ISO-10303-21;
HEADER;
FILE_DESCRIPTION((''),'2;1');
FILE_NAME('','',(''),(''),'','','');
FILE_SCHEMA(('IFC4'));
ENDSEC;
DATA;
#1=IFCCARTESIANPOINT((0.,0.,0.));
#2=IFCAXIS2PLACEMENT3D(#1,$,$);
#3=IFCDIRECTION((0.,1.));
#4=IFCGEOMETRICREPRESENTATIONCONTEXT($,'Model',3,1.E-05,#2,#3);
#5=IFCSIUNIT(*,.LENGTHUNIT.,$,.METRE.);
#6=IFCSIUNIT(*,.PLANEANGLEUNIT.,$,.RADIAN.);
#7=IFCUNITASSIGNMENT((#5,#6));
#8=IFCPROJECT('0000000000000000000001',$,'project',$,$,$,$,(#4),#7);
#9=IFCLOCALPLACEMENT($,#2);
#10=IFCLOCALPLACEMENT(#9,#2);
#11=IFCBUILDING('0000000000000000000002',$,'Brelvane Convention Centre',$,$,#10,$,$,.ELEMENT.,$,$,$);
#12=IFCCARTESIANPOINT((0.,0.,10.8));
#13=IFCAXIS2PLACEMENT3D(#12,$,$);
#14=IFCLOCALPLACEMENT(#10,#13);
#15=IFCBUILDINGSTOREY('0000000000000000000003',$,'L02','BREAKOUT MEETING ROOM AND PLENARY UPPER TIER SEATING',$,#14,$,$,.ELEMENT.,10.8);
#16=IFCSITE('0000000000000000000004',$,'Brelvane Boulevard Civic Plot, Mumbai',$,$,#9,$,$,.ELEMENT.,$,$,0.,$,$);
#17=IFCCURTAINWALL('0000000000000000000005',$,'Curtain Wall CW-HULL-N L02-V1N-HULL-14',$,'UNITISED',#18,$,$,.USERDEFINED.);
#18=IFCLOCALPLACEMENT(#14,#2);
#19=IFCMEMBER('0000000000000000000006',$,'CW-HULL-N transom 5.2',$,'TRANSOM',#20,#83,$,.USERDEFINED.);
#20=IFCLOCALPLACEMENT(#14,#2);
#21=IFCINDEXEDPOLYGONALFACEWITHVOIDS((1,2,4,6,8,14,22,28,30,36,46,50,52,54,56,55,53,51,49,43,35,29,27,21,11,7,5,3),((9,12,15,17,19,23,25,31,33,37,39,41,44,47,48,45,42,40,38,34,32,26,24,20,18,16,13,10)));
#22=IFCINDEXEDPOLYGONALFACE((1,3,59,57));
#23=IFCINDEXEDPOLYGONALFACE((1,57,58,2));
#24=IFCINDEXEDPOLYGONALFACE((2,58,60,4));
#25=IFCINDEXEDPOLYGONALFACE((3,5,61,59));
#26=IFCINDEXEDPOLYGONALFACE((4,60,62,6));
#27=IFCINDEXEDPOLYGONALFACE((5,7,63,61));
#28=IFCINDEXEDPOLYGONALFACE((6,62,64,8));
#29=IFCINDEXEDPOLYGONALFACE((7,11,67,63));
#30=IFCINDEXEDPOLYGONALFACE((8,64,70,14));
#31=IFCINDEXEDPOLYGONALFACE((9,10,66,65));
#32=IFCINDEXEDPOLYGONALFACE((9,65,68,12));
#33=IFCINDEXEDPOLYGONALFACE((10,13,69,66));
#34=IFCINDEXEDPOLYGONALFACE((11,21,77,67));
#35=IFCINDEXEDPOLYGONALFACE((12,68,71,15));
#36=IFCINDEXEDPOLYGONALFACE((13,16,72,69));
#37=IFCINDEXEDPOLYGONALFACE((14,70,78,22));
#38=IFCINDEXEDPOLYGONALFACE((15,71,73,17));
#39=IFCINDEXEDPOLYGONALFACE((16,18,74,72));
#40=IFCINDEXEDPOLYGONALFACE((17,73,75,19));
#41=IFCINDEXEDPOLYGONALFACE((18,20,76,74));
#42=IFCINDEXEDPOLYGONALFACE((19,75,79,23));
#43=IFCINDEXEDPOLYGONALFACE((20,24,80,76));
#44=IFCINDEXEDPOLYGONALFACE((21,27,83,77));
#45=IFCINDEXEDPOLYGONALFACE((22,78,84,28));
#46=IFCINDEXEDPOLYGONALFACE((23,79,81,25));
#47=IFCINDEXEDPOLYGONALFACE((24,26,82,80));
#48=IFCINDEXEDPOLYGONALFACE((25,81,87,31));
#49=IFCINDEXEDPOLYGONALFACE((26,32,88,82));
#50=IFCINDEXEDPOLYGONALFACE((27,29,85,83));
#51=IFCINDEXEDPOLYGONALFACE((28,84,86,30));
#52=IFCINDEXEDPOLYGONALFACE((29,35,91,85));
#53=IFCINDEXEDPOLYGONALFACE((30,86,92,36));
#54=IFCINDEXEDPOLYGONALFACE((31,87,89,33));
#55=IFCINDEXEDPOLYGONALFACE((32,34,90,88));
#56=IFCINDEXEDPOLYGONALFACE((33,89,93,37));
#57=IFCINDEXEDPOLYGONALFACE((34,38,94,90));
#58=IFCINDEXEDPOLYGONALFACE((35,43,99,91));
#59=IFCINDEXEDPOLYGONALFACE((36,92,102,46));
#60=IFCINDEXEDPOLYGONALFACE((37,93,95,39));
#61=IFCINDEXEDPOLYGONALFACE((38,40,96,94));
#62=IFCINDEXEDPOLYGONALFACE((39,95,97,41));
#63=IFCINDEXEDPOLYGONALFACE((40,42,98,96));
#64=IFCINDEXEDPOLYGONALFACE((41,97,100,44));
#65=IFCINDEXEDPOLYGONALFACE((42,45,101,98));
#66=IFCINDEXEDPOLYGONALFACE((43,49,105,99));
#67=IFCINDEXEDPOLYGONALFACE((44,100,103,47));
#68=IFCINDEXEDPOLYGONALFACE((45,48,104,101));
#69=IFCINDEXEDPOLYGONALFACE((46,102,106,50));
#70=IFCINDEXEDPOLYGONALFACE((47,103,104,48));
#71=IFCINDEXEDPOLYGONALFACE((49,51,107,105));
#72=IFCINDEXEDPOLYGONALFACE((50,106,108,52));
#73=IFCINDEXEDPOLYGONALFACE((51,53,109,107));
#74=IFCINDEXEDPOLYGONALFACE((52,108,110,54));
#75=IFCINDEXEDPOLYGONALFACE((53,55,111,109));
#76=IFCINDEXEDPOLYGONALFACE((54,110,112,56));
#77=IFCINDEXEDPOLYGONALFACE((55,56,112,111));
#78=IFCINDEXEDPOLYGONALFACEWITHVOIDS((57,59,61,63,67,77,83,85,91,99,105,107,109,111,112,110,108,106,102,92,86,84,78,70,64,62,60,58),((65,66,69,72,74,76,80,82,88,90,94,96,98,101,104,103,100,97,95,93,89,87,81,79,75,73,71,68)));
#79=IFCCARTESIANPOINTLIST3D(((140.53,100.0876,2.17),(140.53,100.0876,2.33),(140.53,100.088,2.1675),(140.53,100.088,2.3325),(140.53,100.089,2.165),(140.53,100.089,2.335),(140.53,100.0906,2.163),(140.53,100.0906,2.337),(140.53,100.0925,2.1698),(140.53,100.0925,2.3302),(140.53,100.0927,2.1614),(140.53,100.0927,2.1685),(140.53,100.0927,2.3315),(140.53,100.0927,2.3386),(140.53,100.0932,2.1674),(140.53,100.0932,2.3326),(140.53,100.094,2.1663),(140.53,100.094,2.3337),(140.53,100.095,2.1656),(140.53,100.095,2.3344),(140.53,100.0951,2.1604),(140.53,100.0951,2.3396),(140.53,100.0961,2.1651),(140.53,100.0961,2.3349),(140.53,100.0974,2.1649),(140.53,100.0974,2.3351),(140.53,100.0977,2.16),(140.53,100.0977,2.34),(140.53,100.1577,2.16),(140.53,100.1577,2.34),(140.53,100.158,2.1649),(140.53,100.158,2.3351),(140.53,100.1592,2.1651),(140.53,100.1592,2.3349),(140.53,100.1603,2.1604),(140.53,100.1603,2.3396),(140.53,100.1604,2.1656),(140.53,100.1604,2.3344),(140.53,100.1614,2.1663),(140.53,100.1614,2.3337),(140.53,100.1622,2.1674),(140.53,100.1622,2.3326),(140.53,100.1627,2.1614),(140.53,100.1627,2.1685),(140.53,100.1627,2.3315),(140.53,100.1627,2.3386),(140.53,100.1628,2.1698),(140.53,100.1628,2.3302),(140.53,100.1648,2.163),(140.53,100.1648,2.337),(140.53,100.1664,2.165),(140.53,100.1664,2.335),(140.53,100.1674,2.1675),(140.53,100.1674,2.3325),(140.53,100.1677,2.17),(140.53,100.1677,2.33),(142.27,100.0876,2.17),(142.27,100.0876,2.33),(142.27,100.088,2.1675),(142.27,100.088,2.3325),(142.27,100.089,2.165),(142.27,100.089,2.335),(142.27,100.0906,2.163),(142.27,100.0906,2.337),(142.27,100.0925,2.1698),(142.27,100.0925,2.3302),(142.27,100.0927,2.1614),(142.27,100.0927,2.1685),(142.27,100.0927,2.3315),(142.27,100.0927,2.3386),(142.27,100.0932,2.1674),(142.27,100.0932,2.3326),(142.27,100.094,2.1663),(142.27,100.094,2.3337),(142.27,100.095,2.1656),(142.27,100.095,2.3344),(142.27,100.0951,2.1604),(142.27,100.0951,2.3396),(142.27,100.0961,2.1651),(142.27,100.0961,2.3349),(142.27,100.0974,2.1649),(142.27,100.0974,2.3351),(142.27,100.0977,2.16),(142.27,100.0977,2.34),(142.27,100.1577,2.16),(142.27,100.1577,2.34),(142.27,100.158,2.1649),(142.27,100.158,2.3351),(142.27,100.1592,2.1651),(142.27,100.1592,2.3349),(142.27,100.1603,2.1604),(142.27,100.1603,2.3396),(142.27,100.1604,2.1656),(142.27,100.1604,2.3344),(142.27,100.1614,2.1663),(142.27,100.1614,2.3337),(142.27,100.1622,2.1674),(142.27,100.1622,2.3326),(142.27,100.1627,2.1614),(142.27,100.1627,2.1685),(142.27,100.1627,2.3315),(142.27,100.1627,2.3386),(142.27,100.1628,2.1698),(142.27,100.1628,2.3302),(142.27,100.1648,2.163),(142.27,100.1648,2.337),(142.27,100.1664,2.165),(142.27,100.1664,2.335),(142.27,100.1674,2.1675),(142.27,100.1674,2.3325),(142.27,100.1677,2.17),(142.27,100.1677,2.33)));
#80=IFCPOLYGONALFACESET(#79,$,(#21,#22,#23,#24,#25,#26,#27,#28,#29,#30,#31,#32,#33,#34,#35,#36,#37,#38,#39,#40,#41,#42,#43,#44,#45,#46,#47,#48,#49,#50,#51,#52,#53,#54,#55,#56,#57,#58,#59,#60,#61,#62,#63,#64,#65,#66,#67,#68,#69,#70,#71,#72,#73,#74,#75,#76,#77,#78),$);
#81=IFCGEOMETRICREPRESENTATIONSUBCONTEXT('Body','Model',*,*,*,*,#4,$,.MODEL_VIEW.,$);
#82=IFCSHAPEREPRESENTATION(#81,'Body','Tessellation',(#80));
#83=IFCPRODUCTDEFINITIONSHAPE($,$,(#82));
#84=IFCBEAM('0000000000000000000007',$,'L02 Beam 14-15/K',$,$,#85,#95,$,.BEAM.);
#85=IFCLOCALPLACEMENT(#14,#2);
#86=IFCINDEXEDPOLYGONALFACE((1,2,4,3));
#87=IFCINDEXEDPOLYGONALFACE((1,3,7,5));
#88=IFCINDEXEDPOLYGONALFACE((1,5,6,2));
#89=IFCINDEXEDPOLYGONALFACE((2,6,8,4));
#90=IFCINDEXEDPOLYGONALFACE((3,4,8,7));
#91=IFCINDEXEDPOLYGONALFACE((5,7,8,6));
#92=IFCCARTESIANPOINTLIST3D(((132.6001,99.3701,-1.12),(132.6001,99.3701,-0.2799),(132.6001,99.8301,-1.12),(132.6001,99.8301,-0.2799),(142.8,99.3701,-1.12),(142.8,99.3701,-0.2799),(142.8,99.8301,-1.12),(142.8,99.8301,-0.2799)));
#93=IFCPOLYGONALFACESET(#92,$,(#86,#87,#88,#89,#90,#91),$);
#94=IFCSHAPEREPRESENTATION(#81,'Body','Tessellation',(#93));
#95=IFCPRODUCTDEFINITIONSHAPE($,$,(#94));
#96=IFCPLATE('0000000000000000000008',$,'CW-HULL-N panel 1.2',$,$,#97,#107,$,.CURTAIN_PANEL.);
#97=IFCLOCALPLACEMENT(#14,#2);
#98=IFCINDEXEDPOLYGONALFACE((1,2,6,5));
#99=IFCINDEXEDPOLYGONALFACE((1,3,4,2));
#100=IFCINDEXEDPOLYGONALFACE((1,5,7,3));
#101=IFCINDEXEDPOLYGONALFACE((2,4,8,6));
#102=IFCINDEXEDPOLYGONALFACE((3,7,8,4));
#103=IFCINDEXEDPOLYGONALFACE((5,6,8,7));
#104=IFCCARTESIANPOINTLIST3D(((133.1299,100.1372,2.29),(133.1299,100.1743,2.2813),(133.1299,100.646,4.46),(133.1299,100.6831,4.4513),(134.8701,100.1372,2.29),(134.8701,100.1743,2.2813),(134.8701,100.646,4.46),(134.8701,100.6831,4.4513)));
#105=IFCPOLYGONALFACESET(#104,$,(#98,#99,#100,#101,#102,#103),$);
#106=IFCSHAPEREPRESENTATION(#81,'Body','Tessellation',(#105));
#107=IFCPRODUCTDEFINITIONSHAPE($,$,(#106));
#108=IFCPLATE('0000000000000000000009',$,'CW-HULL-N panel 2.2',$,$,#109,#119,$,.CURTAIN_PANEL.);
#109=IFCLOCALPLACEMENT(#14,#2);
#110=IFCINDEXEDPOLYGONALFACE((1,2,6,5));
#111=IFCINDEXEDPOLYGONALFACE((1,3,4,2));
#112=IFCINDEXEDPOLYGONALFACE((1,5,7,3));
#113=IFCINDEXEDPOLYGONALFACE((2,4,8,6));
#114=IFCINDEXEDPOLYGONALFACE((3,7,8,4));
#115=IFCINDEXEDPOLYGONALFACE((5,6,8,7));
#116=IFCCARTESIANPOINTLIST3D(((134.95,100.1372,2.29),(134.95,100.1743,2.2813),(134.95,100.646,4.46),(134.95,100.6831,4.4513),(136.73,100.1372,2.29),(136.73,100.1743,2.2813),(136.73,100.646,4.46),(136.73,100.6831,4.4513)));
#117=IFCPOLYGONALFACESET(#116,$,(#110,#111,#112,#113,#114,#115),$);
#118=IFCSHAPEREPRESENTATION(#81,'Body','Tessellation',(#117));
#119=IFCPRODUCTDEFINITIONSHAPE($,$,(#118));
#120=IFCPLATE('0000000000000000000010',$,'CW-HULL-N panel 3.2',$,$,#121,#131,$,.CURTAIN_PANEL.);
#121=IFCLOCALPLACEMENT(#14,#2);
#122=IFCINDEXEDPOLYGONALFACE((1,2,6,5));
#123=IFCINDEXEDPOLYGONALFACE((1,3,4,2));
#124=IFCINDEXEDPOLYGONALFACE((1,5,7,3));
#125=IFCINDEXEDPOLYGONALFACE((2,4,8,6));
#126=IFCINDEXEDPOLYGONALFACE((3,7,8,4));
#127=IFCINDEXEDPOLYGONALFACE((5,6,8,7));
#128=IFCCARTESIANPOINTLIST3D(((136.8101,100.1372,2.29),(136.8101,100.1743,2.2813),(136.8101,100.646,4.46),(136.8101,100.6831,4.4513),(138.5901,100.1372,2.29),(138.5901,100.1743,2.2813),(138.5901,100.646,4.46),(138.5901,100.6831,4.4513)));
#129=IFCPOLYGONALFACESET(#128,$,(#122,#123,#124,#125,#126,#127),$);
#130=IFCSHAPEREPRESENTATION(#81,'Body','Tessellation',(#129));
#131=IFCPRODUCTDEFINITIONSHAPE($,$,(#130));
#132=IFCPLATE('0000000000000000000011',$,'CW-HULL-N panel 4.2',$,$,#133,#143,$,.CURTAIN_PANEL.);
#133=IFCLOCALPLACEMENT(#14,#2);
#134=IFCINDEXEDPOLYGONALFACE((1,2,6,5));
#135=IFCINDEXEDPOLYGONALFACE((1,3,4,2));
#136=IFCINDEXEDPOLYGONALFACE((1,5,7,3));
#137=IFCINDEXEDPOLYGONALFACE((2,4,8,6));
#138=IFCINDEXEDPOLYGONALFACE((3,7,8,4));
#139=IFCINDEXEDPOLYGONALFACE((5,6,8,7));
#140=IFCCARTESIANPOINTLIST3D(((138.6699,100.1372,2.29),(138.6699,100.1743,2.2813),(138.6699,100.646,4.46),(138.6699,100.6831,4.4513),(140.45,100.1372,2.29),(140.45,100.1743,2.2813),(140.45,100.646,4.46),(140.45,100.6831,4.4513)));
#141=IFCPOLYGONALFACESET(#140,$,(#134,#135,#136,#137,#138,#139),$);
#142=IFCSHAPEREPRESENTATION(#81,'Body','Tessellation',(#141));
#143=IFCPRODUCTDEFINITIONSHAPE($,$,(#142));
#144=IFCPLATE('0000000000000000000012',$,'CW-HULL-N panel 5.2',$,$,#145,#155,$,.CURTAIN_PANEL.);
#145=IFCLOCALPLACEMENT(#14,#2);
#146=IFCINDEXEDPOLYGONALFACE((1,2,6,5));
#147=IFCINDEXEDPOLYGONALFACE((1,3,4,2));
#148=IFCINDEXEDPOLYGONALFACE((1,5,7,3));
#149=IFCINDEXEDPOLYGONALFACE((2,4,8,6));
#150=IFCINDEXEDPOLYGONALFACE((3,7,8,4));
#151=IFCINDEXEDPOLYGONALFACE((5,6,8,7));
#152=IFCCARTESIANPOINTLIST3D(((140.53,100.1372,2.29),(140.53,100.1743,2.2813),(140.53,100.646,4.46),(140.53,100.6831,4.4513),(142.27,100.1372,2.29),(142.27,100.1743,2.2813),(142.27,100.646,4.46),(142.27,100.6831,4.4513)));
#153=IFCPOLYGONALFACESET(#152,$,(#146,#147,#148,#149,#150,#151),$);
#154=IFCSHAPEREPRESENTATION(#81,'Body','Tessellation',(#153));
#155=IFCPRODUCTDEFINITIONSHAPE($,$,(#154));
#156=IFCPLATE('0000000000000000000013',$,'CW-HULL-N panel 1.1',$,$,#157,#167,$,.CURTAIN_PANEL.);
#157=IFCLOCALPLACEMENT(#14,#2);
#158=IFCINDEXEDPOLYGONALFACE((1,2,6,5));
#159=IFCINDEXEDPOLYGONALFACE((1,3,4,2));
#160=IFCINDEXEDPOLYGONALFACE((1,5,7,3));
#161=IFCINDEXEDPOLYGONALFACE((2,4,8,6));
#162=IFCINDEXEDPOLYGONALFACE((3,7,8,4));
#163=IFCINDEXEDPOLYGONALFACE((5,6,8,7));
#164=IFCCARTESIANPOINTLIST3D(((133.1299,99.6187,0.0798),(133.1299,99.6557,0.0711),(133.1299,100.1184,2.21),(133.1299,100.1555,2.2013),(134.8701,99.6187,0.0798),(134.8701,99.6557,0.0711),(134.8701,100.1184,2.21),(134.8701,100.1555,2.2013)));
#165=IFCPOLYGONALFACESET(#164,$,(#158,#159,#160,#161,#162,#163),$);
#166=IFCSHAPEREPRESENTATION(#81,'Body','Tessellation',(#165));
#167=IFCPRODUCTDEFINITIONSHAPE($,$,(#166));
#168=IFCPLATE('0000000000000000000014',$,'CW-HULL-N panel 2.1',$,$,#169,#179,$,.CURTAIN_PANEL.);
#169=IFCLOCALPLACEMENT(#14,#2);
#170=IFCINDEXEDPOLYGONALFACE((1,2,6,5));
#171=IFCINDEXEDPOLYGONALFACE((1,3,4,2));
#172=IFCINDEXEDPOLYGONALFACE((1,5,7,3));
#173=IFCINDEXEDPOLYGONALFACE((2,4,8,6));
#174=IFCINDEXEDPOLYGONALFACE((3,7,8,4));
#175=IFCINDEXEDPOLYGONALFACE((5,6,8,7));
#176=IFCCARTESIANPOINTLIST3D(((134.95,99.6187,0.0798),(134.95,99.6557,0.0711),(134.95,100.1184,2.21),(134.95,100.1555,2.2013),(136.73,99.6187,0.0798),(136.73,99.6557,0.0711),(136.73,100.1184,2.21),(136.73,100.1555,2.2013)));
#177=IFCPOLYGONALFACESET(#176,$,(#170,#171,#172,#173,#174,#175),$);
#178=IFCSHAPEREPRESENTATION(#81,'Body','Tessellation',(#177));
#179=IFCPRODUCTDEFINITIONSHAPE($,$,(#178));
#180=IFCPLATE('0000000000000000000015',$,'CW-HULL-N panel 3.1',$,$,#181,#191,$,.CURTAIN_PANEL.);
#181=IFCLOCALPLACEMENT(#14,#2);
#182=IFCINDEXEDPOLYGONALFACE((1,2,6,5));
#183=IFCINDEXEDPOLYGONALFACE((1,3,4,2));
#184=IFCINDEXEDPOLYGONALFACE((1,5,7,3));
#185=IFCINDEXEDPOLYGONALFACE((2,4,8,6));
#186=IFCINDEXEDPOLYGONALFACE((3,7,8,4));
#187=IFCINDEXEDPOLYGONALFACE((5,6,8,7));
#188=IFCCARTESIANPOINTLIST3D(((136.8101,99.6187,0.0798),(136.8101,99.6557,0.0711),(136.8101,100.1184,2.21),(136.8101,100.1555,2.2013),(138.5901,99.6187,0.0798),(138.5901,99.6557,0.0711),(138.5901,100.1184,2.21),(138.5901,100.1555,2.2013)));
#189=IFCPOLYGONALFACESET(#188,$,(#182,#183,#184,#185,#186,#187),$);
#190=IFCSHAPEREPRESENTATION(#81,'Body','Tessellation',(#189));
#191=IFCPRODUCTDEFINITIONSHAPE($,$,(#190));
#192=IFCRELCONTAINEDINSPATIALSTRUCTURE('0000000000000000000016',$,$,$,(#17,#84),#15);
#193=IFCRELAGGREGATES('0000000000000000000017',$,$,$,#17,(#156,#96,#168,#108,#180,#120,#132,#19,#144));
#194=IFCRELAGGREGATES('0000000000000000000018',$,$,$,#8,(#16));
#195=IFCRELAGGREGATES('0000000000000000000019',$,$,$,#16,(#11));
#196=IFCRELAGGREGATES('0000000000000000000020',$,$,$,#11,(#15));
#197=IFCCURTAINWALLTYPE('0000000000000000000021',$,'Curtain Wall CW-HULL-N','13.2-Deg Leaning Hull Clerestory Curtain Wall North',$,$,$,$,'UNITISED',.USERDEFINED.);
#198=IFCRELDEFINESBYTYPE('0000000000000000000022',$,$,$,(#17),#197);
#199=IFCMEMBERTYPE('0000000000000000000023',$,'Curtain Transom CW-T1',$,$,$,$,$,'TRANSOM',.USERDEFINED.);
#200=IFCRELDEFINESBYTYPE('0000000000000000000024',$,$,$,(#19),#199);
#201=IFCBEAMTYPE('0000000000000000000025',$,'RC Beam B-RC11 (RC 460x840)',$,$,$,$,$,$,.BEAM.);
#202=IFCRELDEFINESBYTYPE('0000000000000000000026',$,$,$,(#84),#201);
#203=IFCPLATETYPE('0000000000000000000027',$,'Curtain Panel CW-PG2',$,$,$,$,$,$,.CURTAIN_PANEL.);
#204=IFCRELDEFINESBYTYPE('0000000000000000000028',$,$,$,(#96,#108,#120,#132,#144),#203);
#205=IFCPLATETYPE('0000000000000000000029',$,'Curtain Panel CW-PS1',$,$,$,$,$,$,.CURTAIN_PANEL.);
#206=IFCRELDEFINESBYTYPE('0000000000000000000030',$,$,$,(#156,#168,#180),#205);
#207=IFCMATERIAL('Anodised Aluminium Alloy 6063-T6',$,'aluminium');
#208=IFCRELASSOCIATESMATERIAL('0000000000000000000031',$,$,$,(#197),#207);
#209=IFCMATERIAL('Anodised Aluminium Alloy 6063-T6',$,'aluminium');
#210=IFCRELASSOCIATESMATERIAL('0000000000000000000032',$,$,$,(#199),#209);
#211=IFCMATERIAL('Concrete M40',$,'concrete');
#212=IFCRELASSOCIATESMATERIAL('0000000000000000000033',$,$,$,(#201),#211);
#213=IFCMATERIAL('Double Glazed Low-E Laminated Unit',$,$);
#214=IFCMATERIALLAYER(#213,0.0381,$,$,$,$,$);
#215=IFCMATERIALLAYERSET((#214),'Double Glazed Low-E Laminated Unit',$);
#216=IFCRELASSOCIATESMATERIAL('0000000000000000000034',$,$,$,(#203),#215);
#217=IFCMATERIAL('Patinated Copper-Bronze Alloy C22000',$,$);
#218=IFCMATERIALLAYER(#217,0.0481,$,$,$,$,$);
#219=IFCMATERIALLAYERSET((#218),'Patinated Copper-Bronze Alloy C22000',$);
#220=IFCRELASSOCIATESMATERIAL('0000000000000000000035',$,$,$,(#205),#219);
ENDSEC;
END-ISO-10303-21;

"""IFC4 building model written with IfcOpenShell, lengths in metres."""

from ifc_helpers import new_model, si_unit, direction, frame, origin, origin_2d, place, context, subcontext, project, spatial, polyline, rectangle, hollow_rectangle, outline, extrude, material, layer, layer_set, material_profile, profile_set, type_object, element, aggregate, save


model = new_model("IFC4")

# Units and contexts
model_context = context("Model", 3, precision=1e-05, world=origin(), true_north=direction((0.0, 1.0)))
body_context = subcontext(model_context, "Body", "Model", "MODEL_VIEW")
ifc_project = project(units=[si_unit("LENGTHUNIT", "METRE"), si_unit("PLANEANGLEUNIT", "RADIAN")], contexts=[model_context])

# Site, building, storey
site_placement = place(None, origin())
site = spatial("IfcSite", under=ifc_project, at=site_placement, Name="Brelvane Boulevard Civic Plot, Mumbai", CompositionType="ELEMENT", RefElevation=0.0)
building_placement = place(site_placement, origin())
building = spatial("IfcBuilding", under=site, at=building_placement, Name="Brelvane Convention Centre", CompositionType="ELEMENT")
storey_placement = place(building_placement, frame((0.0, 0.0, 10.8)))
storey = spatial("IfcBuildingStorey", under=building, at=storey_placement, Name="L02", Description="BREAKOUT MEETING ROOM AND PLENARY UPPER TIER SEATING", CompositionType="ELEMENT", Elevation=10.8)

# Shared definitions
ifc_material_1 = material(Name="Anodised Aluminium Alloy 6063-T6", Category="aluminium")
curtain_wall_type = type_object("IfcCurtainWallType", Name="Curtain Wall CW-HULL-N", Description="13.2-Deg Leaning Hull Clerestory Curtain Wall North", ElementType="UNITISED", PredefinedType="USERDEFINED", material=ifc_material_1)

# Curtain wall, member
curtain_wall_1_placement = place(storey_placement, origin())
curtain_wall_1 = element("IfcCurtainWall", 1, at=curtain_wall_1_placement, inside=storey, type_object=curtain_wall_type, Name="Curtain Wall CW-HULL-N L02-V1N-HULL-14", ObjectType="UNITISED", PredefinedType="USERDEFINED")
ifc_material_2 = material(Name="Anodised Aluminium Alloy 6063-T6", Category="aluminium")
ifc_material_profile_1 = material_profile(ifc_material_2, hollow_rectangle(XDim=0.0801, YDim=0.1799, WallThickness=0.0049, InnerFilletRadius=0.0049, OuterFilletRadius=0.01, at=origin_2d()), Name="ALU-T 180x80x5.0")
ifc_profile_set_1 = profile_set([ifc_material_profile_1], Name="Anodised Aluminium Alloy 6063-T6")
member_type_1 = type_object("IfcMemberType", Name="Curtain Transom CW-T1", ElementType="TRANSOM", PredefinedType="USERDEFINED", material=ifc_profile_set_1)
member_1_placement = place(storey_placement, frame((140.53, 100.1277, 2.25), z_axis=(1.0, 0.0, 0.0), x_axis=(0.0, 1.0, 0.0)))
member_1 = element("IfcMember", 2, at=member_1_placement, type_object=member_type_1, Name="CW-HULL-N transom 5.2", ObjectType="TRANSOM", PredefinedType="USERDEFINED", context=body_context, shape_type="SweptSolid", body=[
    extrude(hollow_rectangle(XDim=0.0801, YDim=0.1799, WallThickness=0.0049, InnerFilletRadius=0.0049, OuterFilletRadius=0.01, at=origin_2d()), origin(), (0.0, 0.0, 1.0), 1.74),
])

# Beam
ifc_material_3 = material(Name="Concrete M40", Category="concrete")
ifc_material_profile_2 = material_profile(ifc_material_3, rectangle(XDim=0.46, YDim=0.8401, at=origin_2d()), Name="RC 460x840")
ifc_profile_set_2 = profile_set([ifc_material_profile_2], Name="Concrete M40")
beam_type = type_object("IfcBeamType", Name="RC Beam B-RC11 (RC 460x840)", PredefinedType="BEAM", material=ifc_profile_set_2)
beam_placement = place(storey_placement, frame((132.6001, 99.6001, -0.7), z_axis=(1.0, 0.0, 0.0), x_axis=(0.0, 1.0, 0.0)))
element("IfcBeam", 3, at=beam_placement, inside=storey, type_object=beam_type, Name="L02 Beam 14-15/K", PredefinedType="BEAM", context=body_context, shape_type="SweptSolid", body=[
    extrude(rectangle(XDim=0.46, YDim=0.8401, at=origin_2d()), origin(), (0.0, 0.0, 1.0), 10.2),
])

# Plates
ifc_material_4 = material(Name="Double Glazed Low-E Laminated Unit")
ifc_layer_1 = layer(ifc_material_4, 0.0381)
ifc_layer_set_1 = layer_set([ifc_layer_1], Name="Double Glazed Low-E Laminated Unit")
plate_type_1 = type_object("IfcPlateType", Name="Curtain Panel CW-PG2", PredefinedType="CURTAIN_PANEL", material=ifc_layer_set_1)
plate_1_placement = place(storey_placement, frame((133.1299, 100.1372, 2.29), z_axis=(0.0, -0.973595, 0.228282), x_axis=(1.0, 0.0, 0.0)))
plate_1 = element("IfcPlate", 4, at=plate_1_placement, type_object=plate_type_1, Name="CW-HULL-N panel 1.2", PredefinedType="CURTAIN_PANEL", context=body_context, shape_type="SweptSolid", body=[
    extrude(outline(polyline([(0.0, 0.0), (1.7402, 0.0), (1.7402, 2.2288), (0.0, 2.2288), (0.0, 0.0)])), origin(), (0.0, 0.0, -1.0), 0.0381),
])
plate_2_placement = place(storey_placement, frame((134.95, 100.1372, 2.29), z_axis=(0.0, -0.973595, 0.228282), x_axis=(1.0, 0.0, 0.0)))
plate_2 = element("IfcPlate", 5, at=plate_2_placement, type_object=plate_type_1, Name="CW-HULL-N panel 2.2", PredefinedType="CURTAIN_PANEL", context=body_context, shape_type="SweptSolid", body=[
    extrude(outline(polyline([(0.0, 0.0), (1.78, 0.0), (1.78, 2.2288), (0.0, 2.2288), (0.0, 0.0)])), origin(), (0.0, 0.0, -1.0), 0.0381),
])
plate_3_placement = place(storey_placement, frame((136.8101, 100.1372, 2.29), z_axis=(0.0, -0.973595, 0.228282), x_axis=(1.0, 0.0, 0.0)))
plate_3 = element("IfcPlate", 6, at=plate_3_placement, type_object=plate_type_1, Name="CW-HULL-N panel 3.2", PredefinedType="CURTAIN_PANEL", context=body_context, shape_type="SweptSolid", body=[
    extrude(outline(polyline([(0.0, 0.0), (1.78, 0.0), (1.78, 2.2288), (0.0, 2.2288), (0.0, 0.0)])), origin(), (0.0, 0.0, -1.0), 0.0381),
])
plate_4_placement = place(storey_placement, frame((138.6699, 100.1372, 2.29), z_axis=(0.0, -0.973595, 0.228282), x_axis=(1.0, 0.0, 0.0)))
plate_4 = element("IfcPlate", 7, at=plate_4_placement, type_object=plate_type_1, Name="CW-HULL-N panel 4.2", PredefinedType="CURTAIN_PANEL", context=body_context, shape_type="SweptSolid", body=[
    extrude(outline(polyline([(0.0, 0.0), (1.78, 0.0), (1.78, 2.2288), (0.0, 2.2288), (0.0, 0.0)])), origin(), (0.0, 0.0, -1.0), 0.0381),
])
plate_5_placement = place(storey_placement, frame((140.53, 100.1372, 2.29), z_axis=(0.0, -0.973595, 0.228282), x_axis=(1.0, 0.0, 0.0)))
plate_5 = element("IfcPlate", 8, at=plate_5_placement, type_object=plate_type_1, Name="CW-HULL-N panel 5.2", PredefinedType="CURTAIN_PANEL", context=body_context, shape_type="SweptSolid", body=[
    extrude(outline(polyline([(0.0, 0.0), (1.74, 0.0), (1.74, 2.2288), (0.0, 2.2288), (0.0, 0.0)])), origin(), (0.0, 0.0, -1.0), 0.0381),
])
ifc_material_5 = material(Name="Patinated Copper-Bronze Alloy C22000")
ifc_layer_2 = layer(ifc_material_5, 0.0481)
ifc_layer_set_2 = layer_set([ifc_layer_2], Name="Patinated Copper-Bronze Alloy C22000")
plate_type_2 = type_object("IfcPlateType", Name="Curtain Panel CW-PS1", PredefinedType="CURTAIN_PANEL", material=ifc_layer_set_2)
plate_6_placement = place(storey_placement, frame((133.1299, 99.6187, 0.0798), z_axis=(0.0, -0.973565, 0.228411), x_axis=(1.0, 0.0, 0.0)))
plate_6 = element("IfcPlate", 9, at=plate_6_placement, type_object=plate_type_2, Name="CW-HULL-N panel 1.1", PredefinedType="CURTAIN_PANEL", context=body_context, shape_type="SweptSolid", body=[
    extrude(outline(polyline([(0.0, 0.0), (1.7402, 0.0), (1.7402, 2.188), (0.0, 2.188), (0.0, 0.0)])), origin(), (0.0, 0.0, -1.0), 0.0381),
])
plate_7_placement = place(storey_placement, frame((134.95, 99.6187, 0.0798), z_axis=(0.0, -0.973565, 0.228411), x_axis=(1.0, 0.0, 0.0)))
plate_7 = element("IfcPlate", 10, at=plate_7_placement, type_object=plate_type_2, Name="CW-HULL-N panel 2.1", PredefinedType="CURTAIN_PANEL", context=body_context, shape_type="SweptSolid", body=[
    extrude(outline(polyline([(0.0, 0.0), (1.78, 0.0), (1.78, 2.188), (0.0, 2.188), (0.0, 0.0)])), origin(), (0.0, 0.0, -1.0), 0.0381),
])
plate_8_placement = place(storey_placement, frame((136.8101, 99.6187, 0.0798), z_axis=(0.0, -0.973565, 0.228411), x_axis=(1.0, 0.0, 0.0)))
plate_8 = element("IfcPlate", 11, at=plate_8_placement, type_object=plate_type_2, Name="CW-HULL-N panel 3.1", PredefinedType="CURTAIN_PANEL", context=body_context, shape_type="SweptSolid", body=[
    extrude(outline(polyline([(0.0, 0.0), (1.78, 0.0), (1.78, 2.188), (0.0, 2.188), (0.0, 0.0)])), origin(), (0.0, 0.0, -1.0), 0.0381),
])
aggregate(curtain_wall_1, [plate_6, plate_1, plate_7, plate_2, plate_8, plate_3, plate_4, member_1, plate_5])

save(model, "model.ifc")
